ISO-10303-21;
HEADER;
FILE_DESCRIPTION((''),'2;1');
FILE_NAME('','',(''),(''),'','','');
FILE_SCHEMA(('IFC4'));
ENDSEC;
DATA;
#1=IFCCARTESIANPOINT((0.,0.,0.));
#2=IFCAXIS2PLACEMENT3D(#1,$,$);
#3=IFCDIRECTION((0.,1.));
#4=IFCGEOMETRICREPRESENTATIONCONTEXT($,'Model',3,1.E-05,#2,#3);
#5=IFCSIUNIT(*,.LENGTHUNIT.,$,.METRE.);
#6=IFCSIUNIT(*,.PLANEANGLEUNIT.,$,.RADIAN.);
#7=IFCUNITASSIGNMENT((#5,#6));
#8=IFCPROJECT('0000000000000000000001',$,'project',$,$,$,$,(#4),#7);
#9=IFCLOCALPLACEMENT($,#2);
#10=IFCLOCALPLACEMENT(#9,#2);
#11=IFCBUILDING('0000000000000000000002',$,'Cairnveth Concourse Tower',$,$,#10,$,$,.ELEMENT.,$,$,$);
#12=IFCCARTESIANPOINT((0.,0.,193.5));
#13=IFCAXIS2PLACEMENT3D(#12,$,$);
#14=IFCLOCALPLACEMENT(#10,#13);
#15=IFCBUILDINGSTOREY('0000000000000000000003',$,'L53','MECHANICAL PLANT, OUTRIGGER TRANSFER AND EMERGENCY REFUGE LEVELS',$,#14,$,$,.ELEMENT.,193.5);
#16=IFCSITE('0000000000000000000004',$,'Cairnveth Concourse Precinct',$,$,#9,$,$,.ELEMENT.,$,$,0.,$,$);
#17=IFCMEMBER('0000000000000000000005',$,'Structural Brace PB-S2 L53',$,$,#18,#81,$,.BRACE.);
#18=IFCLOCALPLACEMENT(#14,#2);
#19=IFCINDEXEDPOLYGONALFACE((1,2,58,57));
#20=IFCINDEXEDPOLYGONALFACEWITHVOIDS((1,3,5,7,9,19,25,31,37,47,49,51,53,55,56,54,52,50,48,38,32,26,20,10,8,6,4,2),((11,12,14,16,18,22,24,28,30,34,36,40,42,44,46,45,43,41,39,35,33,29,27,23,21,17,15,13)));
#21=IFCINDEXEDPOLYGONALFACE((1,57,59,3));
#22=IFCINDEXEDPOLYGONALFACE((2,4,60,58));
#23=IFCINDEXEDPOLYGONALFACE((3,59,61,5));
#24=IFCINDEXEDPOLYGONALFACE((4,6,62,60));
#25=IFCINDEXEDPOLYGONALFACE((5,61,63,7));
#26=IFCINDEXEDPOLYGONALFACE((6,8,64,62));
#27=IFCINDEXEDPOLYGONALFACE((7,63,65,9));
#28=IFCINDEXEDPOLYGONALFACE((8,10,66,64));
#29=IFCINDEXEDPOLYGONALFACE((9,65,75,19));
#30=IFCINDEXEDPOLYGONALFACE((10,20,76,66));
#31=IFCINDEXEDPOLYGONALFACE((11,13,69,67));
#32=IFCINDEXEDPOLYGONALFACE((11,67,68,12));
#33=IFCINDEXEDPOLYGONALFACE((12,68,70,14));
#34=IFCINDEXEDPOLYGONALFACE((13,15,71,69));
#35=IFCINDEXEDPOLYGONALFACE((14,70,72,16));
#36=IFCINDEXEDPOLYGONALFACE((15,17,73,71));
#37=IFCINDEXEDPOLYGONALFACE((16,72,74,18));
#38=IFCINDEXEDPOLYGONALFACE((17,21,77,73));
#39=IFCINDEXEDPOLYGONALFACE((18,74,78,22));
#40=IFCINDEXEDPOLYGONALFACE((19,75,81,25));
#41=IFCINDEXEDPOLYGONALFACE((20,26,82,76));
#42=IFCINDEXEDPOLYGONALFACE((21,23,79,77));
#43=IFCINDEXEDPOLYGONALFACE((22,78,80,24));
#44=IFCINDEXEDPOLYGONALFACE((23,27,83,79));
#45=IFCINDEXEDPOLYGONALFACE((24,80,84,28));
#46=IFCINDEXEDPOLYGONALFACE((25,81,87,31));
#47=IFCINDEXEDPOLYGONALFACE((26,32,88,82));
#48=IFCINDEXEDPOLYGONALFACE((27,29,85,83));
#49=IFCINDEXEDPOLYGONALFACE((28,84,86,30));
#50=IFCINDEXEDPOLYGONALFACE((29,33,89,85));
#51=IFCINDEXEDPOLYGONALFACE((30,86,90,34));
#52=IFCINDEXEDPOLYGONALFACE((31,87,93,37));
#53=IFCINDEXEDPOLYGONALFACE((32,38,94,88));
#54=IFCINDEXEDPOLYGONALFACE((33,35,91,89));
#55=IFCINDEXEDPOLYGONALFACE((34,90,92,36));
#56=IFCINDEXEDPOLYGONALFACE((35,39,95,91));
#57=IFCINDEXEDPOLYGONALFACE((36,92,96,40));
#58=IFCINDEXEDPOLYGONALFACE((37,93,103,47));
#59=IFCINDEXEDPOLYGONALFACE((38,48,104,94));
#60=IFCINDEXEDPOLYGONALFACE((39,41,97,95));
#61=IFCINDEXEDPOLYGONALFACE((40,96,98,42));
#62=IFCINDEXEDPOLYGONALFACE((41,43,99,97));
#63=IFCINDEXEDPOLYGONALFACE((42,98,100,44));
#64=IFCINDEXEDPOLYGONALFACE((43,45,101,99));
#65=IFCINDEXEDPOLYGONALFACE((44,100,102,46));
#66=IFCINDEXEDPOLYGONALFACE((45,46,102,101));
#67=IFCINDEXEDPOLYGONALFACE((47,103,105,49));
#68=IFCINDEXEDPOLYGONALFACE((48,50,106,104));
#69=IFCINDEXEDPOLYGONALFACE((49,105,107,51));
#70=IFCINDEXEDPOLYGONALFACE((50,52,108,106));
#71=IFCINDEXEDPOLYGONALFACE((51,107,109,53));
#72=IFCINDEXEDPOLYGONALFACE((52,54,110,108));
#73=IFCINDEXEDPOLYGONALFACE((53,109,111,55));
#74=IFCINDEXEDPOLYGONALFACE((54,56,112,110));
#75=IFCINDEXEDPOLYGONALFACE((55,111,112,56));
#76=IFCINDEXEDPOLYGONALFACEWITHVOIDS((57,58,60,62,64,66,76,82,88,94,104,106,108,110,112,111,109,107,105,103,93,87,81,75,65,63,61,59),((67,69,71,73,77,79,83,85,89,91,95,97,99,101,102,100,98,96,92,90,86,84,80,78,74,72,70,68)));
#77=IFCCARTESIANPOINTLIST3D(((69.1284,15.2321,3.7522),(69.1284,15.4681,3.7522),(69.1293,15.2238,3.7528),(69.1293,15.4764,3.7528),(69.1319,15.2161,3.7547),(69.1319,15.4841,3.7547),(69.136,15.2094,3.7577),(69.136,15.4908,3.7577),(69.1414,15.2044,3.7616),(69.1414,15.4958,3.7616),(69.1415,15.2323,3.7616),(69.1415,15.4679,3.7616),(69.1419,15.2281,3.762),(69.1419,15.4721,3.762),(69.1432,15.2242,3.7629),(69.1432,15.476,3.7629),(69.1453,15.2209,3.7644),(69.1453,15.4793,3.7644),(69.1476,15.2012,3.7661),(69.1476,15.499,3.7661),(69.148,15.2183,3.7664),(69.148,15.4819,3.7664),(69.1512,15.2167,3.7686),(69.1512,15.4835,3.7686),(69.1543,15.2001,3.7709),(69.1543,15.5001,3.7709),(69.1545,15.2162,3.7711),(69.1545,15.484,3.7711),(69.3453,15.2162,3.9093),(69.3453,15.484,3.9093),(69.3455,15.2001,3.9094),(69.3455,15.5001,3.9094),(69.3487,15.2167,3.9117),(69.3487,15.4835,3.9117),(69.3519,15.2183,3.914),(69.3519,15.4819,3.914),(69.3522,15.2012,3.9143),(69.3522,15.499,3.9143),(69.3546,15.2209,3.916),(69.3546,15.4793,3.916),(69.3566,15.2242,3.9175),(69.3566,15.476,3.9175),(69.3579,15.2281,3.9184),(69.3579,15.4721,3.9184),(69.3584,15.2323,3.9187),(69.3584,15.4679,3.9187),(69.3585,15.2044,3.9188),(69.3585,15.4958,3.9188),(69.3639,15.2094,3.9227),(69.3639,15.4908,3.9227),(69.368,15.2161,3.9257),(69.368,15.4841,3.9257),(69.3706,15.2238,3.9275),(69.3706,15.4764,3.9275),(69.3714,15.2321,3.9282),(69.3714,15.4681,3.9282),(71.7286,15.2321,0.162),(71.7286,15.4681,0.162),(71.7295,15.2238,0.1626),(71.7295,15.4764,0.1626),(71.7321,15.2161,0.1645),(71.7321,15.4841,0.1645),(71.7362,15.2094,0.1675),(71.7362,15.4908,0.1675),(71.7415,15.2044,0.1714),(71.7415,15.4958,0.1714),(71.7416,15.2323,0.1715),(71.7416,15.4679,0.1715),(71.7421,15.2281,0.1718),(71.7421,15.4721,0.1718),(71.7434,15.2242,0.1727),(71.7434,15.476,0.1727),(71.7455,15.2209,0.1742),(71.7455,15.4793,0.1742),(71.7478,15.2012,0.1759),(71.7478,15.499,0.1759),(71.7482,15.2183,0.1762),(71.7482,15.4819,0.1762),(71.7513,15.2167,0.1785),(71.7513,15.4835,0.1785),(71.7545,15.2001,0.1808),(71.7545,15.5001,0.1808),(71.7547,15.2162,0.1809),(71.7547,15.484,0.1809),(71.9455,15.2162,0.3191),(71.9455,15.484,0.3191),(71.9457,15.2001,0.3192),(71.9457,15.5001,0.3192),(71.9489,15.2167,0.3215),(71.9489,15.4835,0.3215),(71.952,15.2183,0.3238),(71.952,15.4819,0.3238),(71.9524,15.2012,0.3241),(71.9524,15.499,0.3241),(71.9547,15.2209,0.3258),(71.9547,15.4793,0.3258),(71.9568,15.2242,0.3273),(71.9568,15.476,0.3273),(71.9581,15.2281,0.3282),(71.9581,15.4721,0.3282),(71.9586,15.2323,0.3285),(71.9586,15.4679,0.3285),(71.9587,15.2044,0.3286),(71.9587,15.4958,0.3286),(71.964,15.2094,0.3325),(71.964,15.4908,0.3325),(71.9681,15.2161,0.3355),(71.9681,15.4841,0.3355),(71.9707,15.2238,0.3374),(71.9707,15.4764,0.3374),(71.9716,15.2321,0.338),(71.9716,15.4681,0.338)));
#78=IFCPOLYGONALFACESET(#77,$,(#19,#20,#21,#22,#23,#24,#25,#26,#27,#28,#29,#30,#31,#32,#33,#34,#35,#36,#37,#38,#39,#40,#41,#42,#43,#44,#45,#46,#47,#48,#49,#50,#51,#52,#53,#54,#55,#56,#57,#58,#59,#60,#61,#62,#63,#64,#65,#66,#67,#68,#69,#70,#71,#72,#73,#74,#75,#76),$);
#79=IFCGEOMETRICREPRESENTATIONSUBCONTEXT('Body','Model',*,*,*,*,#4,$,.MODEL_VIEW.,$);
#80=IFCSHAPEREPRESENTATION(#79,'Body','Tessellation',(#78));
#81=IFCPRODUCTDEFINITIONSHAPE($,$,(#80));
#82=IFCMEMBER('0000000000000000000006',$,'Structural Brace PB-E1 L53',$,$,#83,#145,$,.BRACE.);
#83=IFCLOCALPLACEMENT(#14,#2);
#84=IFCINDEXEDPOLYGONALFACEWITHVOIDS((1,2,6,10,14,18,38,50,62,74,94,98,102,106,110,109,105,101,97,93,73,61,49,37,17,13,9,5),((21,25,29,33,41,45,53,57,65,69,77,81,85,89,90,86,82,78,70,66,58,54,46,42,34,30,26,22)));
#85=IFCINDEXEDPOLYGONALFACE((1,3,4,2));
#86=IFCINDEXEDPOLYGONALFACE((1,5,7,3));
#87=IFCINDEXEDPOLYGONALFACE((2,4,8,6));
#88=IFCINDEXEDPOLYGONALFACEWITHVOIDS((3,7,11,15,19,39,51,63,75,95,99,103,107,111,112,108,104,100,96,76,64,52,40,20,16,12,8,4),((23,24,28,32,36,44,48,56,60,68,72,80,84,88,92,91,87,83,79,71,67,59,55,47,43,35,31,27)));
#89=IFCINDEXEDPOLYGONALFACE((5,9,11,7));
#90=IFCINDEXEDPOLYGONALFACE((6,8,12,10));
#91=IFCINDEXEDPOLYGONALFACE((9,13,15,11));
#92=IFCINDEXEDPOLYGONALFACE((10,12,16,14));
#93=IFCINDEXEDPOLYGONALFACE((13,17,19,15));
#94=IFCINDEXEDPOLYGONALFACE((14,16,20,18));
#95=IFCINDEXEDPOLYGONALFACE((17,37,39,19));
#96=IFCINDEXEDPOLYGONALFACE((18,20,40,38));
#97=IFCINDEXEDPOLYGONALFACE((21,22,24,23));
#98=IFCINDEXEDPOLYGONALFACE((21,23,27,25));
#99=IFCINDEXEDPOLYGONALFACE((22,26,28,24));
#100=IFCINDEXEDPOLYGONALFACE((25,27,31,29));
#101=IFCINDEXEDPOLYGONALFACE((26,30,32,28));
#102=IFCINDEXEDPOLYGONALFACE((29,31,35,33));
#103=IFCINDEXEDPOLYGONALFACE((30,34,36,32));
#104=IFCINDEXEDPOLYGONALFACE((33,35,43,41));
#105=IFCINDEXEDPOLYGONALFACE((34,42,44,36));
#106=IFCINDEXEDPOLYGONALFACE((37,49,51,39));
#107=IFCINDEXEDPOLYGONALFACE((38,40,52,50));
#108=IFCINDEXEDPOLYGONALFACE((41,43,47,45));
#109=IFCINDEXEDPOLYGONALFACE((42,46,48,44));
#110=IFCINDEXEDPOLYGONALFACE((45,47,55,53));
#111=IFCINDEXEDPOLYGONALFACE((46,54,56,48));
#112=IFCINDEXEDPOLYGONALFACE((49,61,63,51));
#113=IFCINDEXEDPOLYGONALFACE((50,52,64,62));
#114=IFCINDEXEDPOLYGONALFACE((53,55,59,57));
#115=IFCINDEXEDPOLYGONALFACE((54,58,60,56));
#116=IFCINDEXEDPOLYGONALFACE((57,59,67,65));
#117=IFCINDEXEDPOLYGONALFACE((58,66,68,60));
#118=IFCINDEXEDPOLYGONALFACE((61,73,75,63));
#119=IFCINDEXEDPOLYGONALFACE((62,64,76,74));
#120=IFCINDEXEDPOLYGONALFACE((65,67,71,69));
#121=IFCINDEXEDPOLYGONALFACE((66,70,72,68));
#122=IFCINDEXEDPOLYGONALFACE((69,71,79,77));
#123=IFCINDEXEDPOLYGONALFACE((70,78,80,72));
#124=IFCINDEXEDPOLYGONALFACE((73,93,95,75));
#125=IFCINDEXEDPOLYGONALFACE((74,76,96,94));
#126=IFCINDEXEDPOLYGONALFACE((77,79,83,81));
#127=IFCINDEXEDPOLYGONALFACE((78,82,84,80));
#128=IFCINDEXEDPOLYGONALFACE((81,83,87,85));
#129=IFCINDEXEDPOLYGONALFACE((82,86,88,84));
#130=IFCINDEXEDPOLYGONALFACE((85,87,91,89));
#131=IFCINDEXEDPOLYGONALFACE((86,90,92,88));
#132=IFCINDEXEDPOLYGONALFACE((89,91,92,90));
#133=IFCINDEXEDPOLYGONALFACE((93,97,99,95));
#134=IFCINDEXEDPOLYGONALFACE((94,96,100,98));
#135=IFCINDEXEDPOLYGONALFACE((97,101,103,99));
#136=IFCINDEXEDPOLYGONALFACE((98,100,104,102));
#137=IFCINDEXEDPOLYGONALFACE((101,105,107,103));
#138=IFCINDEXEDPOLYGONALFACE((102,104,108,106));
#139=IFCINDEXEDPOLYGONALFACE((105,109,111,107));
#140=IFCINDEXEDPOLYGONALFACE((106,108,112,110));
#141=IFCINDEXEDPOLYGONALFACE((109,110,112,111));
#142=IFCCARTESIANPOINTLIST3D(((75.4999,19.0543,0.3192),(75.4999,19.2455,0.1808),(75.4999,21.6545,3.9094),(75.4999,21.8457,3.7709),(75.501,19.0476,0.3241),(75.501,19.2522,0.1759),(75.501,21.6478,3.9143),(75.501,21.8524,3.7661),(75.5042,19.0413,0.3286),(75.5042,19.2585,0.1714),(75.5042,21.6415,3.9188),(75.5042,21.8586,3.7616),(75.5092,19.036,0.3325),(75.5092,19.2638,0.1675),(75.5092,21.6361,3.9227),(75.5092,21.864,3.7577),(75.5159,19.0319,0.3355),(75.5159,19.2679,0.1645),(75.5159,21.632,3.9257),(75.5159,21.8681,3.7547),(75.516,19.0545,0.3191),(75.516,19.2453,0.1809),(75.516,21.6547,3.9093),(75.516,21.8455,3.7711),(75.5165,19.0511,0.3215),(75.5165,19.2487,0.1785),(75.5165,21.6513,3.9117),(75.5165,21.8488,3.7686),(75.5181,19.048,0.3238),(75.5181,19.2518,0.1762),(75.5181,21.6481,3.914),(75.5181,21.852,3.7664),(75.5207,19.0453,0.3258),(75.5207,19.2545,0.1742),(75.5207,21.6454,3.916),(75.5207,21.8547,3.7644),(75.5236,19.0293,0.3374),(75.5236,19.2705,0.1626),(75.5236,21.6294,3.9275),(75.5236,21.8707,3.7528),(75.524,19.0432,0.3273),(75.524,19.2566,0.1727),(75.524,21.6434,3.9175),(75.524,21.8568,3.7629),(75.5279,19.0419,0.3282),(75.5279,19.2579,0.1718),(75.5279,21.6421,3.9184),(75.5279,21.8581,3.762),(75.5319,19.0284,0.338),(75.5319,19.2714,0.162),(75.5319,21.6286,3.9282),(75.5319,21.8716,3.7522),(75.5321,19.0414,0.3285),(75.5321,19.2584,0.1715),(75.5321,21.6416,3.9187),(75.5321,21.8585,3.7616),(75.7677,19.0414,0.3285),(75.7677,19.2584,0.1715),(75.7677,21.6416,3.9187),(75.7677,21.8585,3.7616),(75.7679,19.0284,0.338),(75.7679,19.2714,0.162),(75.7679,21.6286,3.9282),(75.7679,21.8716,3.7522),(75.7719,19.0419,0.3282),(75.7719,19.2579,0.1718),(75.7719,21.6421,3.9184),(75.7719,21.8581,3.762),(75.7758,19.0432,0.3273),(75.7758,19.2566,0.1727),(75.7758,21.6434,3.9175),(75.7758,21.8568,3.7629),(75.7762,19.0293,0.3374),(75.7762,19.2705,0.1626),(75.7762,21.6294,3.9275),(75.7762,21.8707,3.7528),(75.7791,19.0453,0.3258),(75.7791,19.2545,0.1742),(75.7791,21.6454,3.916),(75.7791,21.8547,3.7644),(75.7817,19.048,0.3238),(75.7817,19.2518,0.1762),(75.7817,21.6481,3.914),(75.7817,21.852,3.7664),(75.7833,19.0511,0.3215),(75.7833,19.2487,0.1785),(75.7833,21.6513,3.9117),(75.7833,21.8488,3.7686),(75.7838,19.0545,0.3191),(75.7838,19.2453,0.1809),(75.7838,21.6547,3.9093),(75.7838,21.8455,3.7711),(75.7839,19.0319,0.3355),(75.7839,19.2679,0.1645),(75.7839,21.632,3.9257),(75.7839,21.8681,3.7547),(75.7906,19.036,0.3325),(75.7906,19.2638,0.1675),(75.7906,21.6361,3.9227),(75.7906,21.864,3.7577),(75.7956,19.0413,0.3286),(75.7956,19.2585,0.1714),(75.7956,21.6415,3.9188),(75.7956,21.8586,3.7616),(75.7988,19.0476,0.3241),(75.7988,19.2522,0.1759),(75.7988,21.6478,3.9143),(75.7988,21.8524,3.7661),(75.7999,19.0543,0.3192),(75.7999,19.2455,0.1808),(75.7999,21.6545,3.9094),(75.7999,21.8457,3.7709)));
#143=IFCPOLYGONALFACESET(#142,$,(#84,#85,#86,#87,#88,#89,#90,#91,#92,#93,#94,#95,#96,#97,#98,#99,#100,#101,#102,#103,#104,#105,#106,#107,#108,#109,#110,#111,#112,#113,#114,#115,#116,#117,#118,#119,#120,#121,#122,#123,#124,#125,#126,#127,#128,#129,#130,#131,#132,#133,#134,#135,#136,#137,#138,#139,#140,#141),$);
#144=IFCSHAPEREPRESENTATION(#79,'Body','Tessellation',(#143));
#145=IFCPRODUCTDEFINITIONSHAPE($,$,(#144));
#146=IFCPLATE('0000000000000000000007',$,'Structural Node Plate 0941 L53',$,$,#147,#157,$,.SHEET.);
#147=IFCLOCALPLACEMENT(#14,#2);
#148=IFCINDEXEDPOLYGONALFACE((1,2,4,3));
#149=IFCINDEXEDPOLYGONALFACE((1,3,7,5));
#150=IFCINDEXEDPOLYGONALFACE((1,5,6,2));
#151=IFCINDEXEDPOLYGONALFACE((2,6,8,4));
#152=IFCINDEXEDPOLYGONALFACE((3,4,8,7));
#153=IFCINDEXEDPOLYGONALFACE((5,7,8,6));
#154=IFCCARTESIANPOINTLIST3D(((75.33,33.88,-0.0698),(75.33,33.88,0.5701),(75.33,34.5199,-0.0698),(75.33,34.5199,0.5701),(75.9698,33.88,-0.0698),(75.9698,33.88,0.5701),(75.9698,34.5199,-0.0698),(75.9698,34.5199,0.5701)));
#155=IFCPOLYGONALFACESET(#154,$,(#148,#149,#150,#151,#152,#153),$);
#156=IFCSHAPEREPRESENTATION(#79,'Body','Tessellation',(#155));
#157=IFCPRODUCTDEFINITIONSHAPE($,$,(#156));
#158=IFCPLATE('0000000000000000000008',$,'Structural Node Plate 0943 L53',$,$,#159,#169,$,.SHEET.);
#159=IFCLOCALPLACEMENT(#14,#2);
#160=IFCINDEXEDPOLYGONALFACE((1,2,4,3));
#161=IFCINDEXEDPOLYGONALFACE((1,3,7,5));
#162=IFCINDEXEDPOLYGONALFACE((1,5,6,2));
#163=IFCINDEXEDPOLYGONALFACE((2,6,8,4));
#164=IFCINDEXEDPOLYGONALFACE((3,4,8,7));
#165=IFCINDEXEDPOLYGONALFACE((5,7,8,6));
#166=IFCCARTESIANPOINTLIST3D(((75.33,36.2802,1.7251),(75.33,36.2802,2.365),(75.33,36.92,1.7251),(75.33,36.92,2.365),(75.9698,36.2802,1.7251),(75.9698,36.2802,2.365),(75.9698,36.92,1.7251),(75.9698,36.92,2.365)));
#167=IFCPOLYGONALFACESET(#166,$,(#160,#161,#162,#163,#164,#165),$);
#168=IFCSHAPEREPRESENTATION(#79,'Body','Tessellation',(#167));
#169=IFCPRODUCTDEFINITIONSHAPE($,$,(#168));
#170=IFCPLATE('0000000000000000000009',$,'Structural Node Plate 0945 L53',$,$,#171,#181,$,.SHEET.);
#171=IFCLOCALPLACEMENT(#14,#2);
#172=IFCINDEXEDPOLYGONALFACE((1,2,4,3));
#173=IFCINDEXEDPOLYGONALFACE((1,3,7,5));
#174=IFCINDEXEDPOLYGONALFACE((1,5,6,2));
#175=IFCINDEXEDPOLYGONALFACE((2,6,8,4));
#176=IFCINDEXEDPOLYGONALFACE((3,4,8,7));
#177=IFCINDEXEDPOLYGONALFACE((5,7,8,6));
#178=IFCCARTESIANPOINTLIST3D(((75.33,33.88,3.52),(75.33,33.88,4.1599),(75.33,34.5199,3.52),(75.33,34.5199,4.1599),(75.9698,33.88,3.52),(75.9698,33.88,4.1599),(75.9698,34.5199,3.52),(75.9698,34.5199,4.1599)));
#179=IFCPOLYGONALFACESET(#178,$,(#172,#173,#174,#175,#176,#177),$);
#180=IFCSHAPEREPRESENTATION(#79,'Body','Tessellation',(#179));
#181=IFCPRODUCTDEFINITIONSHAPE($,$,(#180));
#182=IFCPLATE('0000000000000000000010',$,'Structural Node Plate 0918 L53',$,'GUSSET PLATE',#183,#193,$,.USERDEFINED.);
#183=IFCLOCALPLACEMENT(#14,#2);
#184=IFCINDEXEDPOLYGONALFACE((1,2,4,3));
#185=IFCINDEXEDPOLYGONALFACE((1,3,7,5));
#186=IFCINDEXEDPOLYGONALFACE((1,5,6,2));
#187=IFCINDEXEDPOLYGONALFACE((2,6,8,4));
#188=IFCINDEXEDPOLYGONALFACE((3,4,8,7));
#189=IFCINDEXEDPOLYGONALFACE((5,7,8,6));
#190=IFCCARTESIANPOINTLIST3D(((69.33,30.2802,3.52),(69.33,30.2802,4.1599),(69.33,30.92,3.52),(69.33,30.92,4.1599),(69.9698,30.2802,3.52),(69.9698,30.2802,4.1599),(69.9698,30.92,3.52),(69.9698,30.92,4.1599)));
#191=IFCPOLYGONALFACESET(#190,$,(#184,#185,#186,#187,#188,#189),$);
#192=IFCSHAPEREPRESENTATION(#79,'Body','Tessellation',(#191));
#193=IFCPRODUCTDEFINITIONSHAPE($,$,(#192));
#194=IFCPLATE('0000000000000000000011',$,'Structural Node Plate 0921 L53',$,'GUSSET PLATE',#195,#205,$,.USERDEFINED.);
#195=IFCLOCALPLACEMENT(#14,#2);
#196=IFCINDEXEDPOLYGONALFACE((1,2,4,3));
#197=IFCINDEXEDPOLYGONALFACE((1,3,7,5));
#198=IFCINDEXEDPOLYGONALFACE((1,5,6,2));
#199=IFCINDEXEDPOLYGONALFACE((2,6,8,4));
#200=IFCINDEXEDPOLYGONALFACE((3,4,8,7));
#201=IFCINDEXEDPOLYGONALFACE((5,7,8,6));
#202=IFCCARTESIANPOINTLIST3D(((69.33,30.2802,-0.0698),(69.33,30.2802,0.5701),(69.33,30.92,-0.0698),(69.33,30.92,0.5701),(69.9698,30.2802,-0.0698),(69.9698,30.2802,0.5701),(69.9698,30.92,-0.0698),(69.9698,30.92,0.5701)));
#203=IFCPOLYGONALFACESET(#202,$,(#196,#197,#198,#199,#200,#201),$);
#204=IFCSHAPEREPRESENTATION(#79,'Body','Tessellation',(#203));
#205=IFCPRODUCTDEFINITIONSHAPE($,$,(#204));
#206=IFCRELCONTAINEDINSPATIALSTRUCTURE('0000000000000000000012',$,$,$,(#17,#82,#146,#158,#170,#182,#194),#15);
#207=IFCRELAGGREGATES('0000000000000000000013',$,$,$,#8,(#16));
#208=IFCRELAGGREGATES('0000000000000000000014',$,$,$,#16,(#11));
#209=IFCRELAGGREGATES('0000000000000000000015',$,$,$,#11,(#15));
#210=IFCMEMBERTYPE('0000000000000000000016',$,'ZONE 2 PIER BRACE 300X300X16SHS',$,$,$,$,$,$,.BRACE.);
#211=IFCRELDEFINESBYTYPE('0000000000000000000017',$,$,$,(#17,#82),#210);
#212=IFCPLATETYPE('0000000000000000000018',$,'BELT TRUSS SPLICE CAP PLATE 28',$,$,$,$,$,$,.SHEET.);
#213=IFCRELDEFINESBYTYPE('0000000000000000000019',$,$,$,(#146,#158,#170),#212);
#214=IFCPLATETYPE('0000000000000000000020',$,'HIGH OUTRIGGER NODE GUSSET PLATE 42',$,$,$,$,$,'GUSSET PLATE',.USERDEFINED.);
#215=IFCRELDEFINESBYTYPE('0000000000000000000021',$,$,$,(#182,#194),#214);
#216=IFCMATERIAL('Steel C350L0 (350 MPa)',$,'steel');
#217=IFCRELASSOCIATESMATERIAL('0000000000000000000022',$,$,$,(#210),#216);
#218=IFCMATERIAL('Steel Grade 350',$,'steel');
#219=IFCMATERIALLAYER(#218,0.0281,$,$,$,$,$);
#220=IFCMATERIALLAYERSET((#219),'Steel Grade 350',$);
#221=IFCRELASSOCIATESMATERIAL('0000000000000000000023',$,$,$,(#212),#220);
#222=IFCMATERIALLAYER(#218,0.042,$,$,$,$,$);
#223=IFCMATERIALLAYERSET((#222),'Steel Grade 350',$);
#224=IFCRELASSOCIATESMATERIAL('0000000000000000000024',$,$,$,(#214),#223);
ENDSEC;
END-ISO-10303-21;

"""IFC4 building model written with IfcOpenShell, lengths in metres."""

from ifc_helpers import new_model, si_unit, direction, frame, origin, origin_2d, place, context, subcontext, project, spatial, rectangle, hollow_rectangle, extrude, material, layer, layer_set, material_profile, profile_set, type_object, element, save


model = new_model("IFC4")

# Units and contexts
model_context = context("Model", 3, precision=1e-05, world=origin(), true_north=direction((0.0, 1.0)))
body_context = subcontext(model_context, "Body", "Model", "MODEL_VIEW")
ifc_project = project(units=[si_unit("LENGTHUNIT", "METRE"), si_unit("PLANEANGLEUNIT", "RADIAN")], contexts=[model_context])

# Site, building, storey
site_placement = place(None, origin())
site = spatial("IfcSite", under=ifc_project, at=site_placement, Name="Cairnveth Concourse Precinct", CompositionType="ELEMENT", RefElevation=0.0)
building_placement = place(site_placement, origin())
building = spatial("IfcBuilding", under=site, at=building_placement, Name="Cairnveth Concourse Tower", CompositionType="ELEMENT")
storey_placement = place(building_placement, frame((0.0, 0.0, 193.5)))
storey = spatial("IfcBuildingStorey", under=building, at=storey_placement, Name="L53", Description="MECHANICAL PLANT, OUTRIGGER TRANSFER AND EMERGENCY REFUGE LEVELS", CompositionType="ELEMENT", Elevation=193.5)

# Shared definitions
ifc_material_1 = material(Name="Steel Grade 350", Category="steel")

# Shared definitions
ifc_material_2 = material(Name="Steel C350L0 (350 MPa)", Category="steel")

# Members
ifc_material_profile_1 = material_profile(ifc_material_2, hollow_rectangle(XDim=0.3, YDim=0.3, WallThickness=0.0161, InnerFilletRadius=0.0161, OuterFilletRadius=0.032, at=origin_2d()), Name="300x300x16.0SHS")
ifc_profile_set_1 = profile_set([ifc_material_profile_1], Name="Steel C350L0 (350 MPa)")
member_type_1 = type_object("IfcMemberType", Name="ZONE 2 PIER BRACE 300X300X16SHS", PredefinedType="BRACE", material=ifc_profile_set_1)
for number, where, z_axis, x_axis, name in (
    (1, (71.8501, 15.3501, 0.25), (-0.586566, 0.0, 0.809902), (0.0, -1.0, 0.0), "Structural Brace PB-S2 L53"),
    (2, (75.6499, 19.1499, 0.25), (0.0, 0.586566, 0.809902), (-1.0, 0.0, 0.0), "Structural Brace PB-E1 L53"),
):
    element("IfcMember", number, at=place(storey_placement, frame(where, z_axis=z_axis, x_axis=x_axis)), inside=storey, type_object=member_type_1, Name=name, PredefinedType="BRACE", context=body_context, shape_type="SweptSolid", body=[
        extrude(hollow_rectangle(XDim=0.3, YDim=0.3, WallThickness=0.0161, InnerFilletRadius=0.0161, OuterFilletRadius=0.032, at=origin_2d()), origin(), (0.0, 0.0, 1.0), 4.4329),
    ])

# Plates
ifc_layer_1 = layer(ifc_material_1, 0.0281)
ifc_layer_set_1 = layer_set([ifc_layer_1], Name="Steel Grade 350")
plate_type_1 = type_object("IfcPlateType", Name="BELT TRUSS SPLICE CAP PLATE 28", PredefinedType="SHEET", material=ifc_layer_set_1)
for number, where, z_axis, x_axis, name in (
    (3, (75.6499, 34.2, -0.0698), (0.0, 0.0, 1.0), (1.0, 0.0, 0.0), "Structural Node Plate 0941 L53"),
    (4, (75.6499, 36.6001, 1.7251), (0.0, 0.0, 1.0), (1.0, 0.0, 0.0), "Structural Node Plate 0943 L53"),
    (5, (75.6499, 34.2, 3.52), (0.0, 0.0, 1.0), (1.0, 0.0, 0.0), "Structural Node Plate 0945 L53"),
):
    element("IfcPlate", number, at=place(storey_placement, frame(where, z_axis=z_axis, x_axis=x_axis)), inside=storey, type_object=plate_type_1, Name=name, PredefinedType="SHEET", context=body_context, shape_type="SweptSolid", body=[
        extrude(rectangle(XDim=0.6399, YDim=0.6399, at=origin_2d()), origin(), (0.0, 0.0, 1.0), 0.6399),
    ])
ifc_layer_2 = layer(ifc_material_1, 0.042)
ifc_layer_set_2 = layer_set([ifc_layer_2], Name="Steel Grade 350")
plate_type_2 = type_object("IfcPlateType", Name="HIGH OUTRIGGER NODE GUSSET PLATE 42", ElementType="GUSSET PLATE", PredefinedType="USERDEFINED", material=ifc_layer_set_2)
for number, where, z_axis, x_axis, name in (
    (6, (69.6499, 30.6001, 3.52), (0.0, 0.0, 1.0), (1.0, 0.0, 0.0), "Structural Node Plate 0918 L53"),
    (7, (69.6499, 30.6001, -0.0698), (0.0, 0.0, 1.0), (1.0, 0.0, 0.0), "Structural Node Plate 0921 L53"),
):
    element("IfcPlate", number, at=place(storey_placement, frame(where, z_axis=z_axis, x_axis=x_axis)), inside=storey, type_object=plate_type_2, Name=name, ObjectType="GUSSET PLATE", PredefinedType="USERDEFINED", context=body_context, shape_type="SweptSolid", body=[
        extrude(rectangle(XDim=0.6399, YDim=0.6399, at=origin_2d()), origin(), (0.0, 0.0, 1.0), 0.6399),
    ])

save(model, "model.ifc")
